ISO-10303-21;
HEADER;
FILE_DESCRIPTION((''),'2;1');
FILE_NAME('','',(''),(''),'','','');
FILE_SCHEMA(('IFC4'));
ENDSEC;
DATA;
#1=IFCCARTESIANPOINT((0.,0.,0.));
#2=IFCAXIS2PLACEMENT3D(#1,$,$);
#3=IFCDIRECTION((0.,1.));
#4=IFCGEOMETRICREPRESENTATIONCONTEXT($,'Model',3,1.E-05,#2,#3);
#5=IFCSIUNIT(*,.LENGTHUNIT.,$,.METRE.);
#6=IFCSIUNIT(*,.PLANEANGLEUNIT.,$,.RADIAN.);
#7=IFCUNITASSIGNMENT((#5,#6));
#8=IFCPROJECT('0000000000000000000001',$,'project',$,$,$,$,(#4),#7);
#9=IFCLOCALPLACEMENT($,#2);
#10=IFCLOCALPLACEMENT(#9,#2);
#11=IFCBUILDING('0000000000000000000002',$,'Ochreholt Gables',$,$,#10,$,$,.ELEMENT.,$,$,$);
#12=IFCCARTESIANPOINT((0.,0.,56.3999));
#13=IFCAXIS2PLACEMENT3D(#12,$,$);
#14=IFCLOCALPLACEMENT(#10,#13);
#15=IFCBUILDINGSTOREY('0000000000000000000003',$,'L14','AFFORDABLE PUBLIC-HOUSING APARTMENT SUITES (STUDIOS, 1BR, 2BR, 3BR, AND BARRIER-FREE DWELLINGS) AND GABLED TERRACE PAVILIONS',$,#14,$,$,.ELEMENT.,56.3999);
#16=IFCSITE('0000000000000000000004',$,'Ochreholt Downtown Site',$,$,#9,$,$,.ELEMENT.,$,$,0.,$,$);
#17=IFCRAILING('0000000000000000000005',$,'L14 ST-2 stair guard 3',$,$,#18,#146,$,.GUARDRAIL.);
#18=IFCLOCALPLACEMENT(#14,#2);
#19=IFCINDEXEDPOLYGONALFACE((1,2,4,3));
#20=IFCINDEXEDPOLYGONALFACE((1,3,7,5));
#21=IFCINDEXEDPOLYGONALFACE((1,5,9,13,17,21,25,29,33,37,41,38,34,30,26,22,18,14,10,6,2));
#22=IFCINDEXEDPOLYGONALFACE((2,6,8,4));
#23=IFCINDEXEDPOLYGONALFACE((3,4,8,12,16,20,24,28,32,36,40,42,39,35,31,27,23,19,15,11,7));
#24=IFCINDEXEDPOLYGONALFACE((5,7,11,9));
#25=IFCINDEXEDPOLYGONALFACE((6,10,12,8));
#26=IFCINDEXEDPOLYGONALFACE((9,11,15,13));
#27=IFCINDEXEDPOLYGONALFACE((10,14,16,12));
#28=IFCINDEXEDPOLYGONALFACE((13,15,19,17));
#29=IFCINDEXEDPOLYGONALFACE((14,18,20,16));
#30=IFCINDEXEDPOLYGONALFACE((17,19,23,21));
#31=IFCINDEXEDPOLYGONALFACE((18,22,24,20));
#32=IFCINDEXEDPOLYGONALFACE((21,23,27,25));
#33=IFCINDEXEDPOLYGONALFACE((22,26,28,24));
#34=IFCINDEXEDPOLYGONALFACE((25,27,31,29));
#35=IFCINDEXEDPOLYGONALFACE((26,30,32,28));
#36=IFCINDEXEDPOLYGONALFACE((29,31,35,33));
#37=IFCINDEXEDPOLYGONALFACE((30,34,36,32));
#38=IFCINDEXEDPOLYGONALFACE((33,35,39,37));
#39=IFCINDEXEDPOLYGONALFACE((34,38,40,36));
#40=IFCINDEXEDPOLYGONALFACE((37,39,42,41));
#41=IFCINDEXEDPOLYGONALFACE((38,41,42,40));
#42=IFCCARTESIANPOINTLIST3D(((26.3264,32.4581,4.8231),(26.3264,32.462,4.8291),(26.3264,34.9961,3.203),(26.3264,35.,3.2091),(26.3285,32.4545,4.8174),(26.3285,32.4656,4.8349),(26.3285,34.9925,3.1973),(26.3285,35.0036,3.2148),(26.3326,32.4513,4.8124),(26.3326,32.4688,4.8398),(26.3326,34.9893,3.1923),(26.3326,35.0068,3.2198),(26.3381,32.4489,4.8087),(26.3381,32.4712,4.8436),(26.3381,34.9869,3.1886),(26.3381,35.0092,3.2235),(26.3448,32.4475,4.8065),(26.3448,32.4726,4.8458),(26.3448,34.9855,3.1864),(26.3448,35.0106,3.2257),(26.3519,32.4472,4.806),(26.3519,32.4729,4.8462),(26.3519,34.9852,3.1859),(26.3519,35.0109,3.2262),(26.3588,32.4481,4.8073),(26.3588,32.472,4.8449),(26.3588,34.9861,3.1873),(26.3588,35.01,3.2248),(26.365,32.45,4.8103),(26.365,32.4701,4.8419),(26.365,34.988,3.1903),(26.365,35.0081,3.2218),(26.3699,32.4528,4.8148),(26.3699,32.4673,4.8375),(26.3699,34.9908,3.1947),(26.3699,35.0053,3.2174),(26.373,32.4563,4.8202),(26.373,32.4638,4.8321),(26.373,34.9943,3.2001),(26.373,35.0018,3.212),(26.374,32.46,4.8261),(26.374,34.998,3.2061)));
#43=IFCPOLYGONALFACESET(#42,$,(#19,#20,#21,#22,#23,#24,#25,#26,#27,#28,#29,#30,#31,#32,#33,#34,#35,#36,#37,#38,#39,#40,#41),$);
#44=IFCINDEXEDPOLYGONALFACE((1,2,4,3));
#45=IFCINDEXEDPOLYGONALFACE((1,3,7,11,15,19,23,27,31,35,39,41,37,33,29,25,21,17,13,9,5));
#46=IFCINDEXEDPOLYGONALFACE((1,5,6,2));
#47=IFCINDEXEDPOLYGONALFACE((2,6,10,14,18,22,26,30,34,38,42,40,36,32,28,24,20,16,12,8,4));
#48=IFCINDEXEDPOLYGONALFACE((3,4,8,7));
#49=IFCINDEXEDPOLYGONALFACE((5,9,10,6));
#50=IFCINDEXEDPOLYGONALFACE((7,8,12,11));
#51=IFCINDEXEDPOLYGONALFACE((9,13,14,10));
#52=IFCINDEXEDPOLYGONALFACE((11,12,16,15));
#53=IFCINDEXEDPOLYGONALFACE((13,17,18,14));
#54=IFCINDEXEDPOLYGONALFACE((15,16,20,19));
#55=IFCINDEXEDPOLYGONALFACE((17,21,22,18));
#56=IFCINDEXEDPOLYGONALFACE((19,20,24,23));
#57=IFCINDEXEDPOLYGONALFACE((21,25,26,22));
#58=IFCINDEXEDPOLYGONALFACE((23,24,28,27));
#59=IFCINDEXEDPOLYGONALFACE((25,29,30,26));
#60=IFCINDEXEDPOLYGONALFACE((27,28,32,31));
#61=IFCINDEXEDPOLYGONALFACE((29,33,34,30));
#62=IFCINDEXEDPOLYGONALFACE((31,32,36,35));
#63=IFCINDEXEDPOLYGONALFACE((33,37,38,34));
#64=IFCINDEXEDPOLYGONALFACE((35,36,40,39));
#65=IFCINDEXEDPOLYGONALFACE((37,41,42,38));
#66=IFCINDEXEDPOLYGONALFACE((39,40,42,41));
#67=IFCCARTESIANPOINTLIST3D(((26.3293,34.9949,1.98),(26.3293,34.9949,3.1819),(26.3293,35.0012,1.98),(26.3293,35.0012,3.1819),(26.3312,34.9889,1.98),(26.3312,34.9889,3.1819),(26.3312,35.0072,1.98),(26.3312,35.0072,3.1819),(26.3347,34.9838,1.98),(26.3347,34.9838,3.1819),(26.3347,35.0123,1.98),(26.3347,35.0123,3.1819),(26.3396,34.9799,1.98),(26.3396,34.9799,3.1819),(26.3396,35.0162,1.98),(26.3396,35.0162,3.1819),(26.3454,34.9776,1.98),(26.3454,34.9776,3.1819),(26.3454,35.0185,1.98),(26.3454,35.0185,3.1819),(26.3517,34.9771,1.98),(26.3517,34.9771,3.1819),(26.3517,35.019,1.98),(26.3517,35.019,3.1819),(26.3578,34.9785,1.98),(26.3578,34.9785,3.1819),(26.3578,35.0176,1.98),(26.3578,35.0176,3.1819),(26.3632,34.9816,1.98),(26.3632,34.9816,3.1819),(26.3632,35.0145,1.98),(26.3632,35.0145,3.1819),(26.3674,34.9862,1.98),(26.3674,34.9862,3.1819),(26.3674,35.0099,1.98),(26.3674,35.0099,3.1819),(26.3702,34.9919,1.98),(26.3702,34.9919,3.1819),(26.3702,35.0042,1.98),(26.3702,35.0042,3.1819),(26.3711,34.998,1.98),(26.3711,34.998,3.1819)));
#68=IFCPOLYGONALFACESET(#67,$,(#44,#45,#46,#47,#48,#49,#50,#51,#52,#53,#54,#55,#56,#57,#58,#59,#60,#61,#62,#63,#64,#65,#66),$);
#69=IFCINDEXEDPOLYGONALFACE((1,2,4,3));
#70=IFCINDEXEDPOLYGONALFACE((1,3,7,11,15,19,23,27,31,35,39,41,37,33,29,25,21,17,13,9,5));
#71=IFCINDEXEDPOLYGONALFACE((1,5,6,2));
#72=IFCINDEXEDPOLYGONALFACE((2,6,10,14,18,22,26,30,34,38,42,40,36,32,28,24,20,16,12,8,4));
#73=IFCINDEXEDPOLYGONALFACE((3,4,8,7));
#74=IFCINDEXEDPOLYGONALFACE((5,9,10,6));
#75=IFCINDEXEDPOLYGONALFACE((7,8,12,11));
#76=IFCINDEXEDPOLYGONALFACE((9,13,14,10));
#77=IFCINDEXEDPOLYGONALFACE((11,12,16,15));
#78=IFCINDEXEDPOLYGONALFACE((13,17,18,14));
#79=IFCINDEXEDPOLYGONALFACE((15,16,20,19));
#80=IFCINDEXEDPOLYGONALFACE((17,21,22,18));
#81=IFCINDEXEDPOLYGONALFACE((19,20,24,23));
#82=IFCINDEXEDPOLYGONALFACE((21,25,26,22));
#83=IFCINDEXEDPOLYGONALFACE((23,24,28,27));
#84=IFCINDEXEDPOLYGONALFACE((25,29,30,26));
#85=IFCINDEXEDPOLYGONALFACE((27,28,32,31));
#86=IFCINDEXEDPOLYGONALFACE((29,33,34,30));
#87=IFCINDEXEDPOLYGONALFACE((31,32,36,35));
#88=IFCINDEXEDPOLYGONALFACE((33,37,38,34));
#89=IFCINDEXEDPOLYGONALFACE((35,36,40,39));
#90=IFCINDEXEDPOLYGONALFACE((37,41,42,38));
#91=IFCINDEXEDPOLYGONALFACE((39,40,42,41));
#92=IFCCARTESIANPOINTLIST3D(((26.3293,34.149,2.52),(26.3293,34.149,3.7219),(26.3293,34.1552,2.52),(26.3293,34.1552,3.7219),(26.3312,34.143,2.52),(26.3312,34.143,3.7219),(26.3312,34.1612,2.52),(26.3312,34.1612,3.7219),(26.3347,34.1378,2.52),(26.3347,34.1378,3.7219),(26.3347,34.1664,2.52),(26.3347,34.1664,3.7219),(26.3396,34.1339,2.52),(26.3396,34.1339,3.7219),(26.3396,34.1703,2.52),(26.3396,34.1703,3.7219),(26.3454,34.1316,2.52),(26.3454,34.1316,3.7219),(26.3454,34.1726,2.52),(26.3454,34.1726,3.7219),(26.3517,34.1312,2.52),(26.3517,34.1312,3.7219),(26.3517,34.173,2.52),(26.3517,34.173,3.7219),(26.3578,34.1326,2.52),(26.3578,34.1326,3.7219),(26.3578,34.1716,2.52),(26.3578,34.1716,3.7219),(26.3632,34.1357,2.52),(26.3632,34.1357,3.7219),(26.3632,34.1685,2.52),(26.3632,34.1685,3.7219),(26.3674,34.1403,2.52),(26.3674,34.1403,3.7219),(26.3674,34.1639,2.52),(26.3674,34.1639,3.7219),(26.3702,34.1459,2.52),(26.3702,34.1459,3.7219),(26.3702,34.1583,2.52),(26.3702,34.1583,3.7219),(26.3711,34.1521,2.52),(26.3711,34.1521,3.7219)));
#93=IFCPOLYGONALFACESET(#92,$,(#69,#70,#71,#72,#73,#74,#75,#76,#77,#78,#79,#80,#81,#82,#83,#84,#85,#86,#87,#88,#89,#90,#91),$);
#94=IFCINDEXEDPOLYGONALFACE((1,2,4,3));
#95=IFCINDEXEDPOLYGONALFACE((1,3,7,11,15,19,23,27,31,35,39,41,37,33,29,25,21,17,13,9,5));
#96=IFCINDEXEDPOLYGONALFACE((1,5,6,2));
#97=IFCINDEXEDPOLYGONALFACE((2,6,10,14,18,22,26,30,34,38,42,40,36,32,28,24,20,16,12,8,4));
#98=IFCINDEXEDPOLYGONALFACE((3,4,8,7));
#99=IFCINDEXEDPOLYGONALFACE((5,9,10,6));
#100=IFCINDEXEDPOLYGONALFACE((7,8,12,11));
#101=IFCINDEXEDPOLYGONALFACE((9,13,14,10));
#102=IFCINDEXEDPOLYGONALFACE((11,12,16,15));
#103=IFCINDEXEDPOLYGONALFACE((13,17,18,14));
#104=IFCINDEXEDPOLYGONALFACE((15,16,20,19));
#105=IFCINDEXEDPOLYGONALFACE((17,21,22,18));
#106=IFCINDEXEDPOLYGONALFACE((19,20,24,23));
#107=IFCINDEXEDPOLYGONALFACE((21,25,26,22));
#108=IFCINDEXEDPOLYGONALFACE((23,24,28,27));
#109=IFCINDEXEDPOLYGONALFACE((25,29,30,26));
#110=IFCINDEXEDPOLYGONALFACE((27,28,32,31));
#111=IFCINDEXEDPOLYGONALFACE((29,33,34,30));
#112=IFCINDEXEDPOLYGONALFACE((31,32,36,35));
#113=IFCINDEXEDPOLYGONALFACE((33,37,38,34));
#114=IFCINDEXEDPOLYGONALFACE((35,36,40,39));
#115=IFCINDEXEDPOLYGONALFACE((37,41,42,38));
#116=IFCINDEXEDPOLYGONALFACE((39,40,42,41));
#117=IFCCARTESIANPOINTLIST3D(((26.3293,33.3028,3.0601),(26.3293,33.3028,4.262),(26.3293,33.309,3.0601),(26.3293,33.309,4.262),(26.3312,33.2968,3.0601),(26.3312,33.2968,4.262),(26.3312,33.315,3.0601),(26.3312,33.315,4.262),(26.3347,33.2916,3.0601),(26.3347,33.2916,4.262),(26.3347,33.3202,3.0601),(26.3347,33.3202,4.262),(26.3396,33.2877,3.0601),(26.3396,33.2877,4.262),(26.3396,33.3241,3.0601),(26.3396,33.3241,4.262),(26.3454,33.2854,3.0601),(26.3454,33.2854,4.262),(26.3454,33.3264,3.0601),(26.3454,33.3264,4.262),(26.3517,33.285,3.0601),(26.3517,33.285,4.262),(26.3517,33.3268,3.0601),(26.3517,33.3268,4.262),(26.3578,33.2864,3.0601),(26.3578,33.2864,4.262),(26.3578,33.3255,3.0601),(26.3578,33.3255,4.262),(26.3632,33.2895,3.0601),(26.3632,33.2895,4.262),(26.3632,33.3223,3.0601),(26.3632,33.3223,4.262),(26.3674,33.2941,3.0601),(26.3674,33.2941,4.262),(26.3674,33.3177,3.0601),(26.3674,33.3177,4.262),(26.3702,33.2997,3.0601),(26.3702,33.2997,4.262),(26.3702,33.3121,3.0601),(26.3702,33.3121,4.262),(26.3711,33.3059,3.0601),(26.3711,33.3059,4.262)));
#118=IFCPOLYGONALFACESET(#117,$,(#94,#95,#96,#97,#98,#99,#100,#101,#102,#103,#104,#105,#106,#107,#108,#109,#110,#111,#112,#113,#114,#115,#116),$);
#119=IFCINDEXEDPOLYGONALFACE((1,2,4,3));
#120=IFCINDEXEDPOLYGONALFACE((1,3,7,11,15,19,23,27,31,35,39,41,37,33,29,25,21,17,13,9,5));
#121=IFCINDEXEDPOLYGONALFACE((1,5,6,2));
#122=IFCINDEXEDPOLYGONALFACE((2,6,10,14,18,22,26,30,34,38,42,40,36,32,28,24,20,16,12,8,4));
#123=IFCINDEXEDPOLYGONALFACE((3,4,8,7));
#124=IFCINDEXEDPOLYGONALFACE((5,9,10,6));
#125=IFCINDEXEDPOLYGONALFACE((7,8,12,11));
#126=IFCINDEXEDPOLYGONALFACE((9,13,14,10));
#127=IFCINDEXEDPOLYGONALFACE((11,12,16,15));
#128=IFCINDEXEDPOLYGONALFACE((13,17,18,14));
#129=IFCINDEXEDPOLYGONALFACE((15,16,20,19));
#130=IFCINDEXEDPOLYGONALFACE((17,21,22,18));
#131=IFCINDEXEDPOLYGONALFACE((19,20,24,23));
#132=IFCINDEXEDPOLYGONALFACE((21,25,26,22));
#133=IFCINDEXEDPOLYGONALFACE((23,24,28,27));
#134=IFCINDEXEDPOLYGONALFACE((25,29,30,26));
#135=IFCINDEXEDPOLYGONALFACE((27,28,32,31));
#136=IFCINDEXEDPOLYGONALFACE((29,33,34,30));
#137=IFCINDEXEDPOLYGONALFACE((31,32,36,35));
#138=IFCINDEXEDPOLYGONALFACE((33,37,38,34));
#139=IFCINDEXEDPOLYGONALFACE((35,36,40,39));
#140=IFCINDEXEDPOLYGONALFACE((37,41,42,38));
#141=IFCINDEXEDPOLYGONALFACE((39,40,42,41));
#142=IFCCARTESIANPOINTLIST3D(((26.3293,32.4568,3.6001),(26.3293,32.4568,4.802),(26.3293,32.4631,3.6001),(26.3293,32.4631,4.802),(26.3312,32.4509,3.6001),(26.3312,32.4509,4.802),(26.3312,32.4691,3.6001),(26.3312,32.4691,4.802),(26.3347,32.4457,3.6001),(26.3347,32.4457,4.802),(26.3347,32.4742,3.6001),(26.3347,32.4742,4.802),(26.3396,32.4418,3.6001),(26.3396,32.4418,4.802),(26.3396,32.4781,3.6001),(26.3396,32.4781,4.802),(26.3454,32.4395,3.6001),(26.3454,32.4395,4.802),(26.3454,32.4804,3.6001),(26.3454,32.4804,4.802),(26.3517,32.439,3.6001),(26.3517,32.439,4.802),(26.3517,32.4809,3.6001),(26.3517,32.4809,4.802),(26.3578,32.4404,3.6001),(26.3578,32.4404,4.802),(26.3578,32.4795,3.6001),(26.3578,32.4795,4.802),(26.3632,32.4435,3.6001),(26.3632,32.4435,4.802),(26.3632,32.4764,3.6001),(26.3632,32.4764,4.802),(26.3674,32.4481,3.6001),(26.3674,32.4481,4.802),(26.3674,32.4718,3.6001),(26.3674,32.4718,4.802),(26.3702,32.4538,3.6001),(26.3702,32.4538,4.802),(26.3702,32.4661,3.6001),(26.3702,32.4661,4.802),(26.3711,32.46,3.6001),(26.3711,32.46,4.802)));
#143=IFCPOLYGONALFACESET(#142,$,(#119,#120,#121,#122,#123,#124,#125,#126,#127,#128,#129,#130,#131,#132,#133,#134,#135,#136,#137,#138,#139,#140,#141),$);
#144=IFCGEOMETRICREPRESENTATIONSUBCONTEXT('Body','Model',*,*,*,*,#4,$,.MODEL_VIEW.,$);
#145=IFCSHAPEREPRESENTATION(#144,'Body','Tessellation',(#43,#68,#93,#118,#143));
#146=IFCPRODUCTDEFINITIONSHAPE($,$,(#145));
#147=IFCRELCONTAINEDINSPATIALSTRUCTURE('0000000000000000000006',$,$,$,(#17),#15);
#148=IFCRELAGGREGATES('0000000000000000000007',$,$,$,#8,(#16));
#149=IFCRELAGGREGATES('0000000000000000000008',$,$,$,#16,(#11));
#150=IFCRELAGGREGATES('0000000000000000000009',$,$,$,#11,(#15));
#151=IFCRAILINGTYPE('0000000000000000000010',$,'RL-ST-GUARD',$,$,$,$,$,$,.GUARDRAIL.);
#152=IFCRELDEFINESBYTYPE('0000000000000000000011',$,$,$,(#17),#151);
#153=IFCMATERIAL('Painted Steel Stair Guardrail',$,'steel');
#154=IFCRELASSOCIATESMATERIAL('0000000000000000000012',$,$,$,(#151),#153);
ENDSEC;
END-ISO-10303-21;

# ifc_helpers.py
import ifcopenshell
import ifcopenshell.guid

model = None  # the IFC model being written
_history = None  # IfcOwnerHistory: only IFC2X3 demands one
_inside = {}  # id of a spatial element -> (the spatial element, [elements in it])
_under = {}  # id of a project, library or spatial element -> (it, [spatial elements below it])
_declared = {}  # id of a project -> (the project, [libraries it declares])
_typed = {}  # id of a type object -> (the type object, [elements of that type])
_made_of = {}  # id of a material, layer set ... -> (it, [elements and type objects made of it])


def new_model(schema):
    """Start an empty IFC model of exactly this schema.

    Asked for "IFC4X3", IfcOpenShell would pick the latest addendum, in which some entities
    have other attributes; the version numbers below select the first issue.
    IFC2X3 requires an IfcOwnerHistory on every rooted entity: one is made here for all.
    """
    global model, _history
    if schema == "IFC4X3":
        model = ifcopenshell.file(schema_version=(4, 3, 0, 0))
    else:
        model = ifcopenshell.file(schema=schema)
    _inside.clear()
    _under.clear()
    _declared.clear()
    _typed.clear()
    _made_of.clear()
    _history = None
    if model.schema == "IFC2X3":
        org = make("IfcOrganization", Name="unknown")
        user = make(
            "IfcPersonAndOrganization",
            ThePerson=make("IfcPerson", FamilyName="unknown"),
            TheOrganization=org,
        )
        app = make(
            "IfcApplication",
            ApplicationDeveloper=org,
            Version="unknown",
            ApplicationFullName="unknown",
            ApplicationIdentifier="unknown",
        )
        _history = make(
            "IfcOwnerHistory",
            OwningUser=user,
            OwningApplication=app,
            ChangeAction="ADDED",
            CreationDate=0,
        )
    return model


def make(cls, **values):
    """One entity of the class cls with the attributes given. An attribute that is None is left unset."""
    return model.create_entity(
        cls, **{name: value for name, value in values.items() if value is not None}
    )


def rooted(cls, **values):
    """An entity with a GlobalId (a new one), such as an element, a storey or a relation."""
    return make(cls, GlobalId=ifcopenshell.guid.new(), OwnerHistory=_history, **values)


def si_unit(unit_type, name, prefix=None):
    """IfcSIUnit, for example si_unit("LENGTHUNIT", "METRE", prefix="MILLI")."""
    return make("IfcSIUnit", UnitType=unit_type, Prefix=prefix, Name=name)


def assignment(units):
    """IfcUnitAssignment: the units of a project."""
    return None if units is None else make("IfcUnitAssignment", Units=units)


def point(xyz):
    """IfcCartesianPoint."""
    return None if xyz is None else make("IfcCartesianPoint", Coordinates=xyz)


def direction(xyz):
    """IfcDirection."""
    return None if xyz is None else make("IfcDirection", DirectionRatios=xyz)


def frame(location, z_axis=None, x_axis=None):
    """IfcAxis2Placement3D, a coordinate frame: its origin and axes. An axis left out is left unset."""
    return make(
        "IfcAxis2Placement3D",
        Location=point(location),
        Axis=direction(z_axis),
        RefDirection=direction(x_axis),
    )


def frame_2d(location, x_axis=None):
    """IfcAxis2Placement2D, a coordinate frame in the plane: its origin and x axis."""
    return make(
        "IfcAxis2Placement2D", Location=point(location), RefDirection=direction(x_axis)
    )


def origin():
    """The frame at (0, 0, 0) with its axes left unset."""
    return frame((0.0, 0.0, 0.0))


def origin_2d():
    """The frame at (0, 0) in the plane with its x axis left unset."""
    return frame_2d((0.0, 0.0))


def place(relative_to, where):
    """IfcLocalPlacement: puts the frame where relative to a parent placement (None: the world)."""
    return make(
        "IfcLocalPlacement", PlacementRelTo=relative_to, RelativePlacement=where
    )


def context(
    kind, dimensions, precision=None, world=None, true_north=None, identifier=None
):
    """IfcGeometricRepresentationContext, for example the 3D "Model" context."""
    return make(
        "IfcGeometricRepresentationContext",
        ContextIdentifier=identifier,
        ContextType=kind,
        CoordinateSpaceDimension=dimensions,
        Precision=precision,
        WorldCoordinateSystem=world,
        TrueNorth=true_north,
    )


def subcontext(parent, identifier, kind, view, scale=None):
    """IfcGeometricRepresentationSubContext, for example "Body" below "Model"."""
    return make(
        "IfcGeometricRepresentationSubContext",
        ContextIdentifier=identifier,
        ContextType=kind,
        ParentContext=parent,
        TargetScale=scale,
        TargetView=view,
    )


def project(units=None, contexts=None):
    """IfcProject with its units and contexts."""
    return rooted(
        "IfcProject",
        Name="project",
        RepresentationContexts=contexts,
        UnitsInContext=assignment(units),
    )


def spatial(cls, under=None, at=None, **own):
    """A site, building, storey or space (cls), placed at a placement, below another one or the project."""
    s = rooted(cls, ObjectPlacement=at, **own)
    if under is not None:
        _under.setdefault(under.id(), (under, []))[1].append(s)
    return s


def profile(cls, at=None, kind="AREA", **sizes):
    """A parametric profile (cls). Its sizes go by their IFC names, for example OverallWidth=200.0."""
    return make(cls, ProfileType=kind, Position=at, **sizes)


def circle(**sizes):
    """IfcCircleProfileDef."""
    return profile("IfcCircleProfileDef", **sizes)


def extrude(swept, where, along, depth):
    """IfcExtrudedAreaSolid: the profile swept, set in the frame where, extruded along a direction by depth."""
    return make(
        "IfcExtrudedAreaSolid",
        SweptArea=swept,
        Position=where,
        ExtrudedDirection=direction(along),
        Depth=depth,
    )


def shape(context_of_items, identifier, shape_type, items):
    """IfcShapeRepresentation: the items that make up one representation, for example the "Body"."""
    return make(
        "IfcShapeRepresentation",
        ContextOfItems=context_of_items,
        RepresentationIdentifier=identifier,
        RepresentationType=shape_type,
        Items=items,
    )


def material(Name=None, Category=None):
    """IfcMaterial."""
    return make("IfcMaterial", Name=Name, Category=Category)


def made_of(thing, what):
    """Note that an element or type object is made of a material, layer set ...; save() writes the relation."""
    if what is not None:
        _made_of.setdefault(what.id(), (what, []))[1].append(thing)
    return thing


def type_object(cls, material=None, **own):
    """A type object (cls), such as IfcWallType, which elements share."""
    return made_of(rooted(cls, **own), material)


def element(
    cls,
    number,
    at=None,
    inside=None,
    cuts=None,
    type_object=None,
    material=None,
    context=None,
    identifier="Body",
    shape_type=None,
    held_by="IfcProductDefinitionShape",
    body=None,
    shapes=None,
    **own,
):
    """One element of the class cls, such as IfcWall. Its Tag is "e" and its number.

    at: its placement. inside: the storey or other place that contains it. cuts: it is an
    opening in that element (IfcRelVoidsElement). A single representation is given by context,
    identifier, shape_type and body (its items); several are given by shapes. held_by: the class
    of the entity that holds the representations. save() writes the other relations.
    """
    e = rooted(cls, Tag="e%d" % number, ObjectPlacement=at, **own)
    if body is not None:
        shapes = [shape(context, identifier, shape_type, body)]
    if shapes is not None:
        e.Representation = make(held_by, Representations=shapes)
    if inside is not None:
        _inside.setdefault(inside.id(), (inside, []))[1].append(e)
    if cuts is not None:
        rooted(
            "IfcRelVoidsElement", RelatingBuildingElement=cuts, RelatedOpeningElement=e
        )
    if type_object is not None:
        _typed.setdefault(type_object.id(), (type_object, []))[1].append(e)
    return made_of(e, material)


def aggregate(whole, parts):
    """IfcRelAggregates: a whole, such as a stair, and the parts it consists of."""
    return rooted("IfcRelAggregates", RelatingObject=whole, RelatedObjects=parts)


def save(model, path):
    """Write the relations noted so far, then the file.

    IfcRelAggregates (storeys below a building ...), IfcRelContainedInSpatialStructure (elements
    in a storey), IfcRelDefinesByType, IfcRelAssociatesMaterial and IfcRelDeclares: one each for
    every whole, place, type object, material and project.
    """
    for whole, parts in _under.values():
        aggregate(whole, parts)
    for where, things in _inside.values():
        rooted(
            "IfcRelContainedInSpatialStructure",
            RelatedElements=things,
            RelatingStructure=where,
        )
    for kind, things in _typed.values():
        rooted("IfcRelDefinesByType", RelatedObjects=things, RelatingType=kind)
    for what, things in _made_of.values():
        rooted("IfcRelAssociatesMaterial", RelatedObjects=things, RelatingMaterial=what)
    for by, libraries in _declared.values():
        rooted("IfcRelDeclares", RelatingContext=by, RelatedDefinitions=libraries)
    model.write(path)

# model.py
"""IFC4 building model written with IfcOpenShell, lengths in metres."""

from ifc_helpers import new_model, si_unit, direction, frame, origin, origin_2d, place, context, subcontext, project, spatial, circle, extrude, material, type_object, element, save


model = new_model("IFC4")

# Units and contexts
model_context = context("Model", 3, precision=1e-05, world=origin(), true_north=direction((0.0, 1.0)))
body_context = subcontext(model_context, "Body", "Model", "MODEL_VIEW")
ifc_project = project(units=[si_unit("LENGTHUNIT", "METRE"), si_unit("PLANEANGLEUNIT", "RADIAN")], contexts=[model_context])

# Site, building, storey
site_placement = place(None, origin())
site = spatial("IfcSite", under=ifc_project, at=site_placement, Name="Ochreholt Downtown Site", CompositionType="ELEMENT", RefElevation=0.0)
building_placement = place(site_placement, origin())
building = spatial("IfcBuilding", under=site, at=building_placement, Name="Ochreholt Gables", CompositionType="ELEMENT")
storey_placement = place(building_placement, frame((0.0, 0.0, 56.3999)))
storey = spatial("IfcBuildingStorey", under=building, at=storey_placement, Name="L14", Description="AFFORDABLE PUBLIC-HOUSING APARTMENT SUITES (STUDIOS, 1BR, 2BR, 3BR, AND BARRIER-FREE DWELLINGS) AND GABLED TERRACE PAVILIONS", CompositionType="ELEMENT", Elevation=56.3999)

# Railing
ifc_material_1 = material(Name="Painted Steel Stair Guardrail", Category="steel")
railing_type_1 = type_object("IfcRailingType", Name="RL-ST-GUARD", PredefinedType="GUARDRAIL", material=ifc_material_1)
railing_1_placement = place(storey_placement, frame((26.3501, 34.998, 1.98)))
element("IfcRailing", 1, at=railing_1_placement, inside=storey, type_object=railing_type_1, Name="L14 ST-2 stair guard 3", PredefinedType="GUARDRAIL", context=body_context, shape_type="SweptSolid", body=[
    extrude(circle(Radius=0.0239, at=origin_2d()), frame((0.0, 0.0, 1.2261), z_axis=(0.0, -0.842913, 0.53805), x_axis=(1.0, 0.0, 0.0)), (0.0, 0.0, 1.0), 3.011),
    extrude(circle(Radius=0.021, at=origin_2d()), origin(), (0.0, 0.0, 1.0), 1.2019),
    extrude(circle(Radius=0.021, at=origin_2d()), frame((0.0, -0.8459, 0.54)), (0.0, 0.0, 1.0), 1.2019),
    extrude(circle(Radius=0.021, at=origin_2d()), frame((0.0, -1.6921, 1.0801)), (0.0, 0.0, 1.0), 1.2019),
    extrude(circle(Radius=0.021, at=origin_2d()), frame((0.0, -2.5381, 1.6201)), (0.0, 0.0, 1.0), 1.2019),
])

save(model, "model.ifc")
